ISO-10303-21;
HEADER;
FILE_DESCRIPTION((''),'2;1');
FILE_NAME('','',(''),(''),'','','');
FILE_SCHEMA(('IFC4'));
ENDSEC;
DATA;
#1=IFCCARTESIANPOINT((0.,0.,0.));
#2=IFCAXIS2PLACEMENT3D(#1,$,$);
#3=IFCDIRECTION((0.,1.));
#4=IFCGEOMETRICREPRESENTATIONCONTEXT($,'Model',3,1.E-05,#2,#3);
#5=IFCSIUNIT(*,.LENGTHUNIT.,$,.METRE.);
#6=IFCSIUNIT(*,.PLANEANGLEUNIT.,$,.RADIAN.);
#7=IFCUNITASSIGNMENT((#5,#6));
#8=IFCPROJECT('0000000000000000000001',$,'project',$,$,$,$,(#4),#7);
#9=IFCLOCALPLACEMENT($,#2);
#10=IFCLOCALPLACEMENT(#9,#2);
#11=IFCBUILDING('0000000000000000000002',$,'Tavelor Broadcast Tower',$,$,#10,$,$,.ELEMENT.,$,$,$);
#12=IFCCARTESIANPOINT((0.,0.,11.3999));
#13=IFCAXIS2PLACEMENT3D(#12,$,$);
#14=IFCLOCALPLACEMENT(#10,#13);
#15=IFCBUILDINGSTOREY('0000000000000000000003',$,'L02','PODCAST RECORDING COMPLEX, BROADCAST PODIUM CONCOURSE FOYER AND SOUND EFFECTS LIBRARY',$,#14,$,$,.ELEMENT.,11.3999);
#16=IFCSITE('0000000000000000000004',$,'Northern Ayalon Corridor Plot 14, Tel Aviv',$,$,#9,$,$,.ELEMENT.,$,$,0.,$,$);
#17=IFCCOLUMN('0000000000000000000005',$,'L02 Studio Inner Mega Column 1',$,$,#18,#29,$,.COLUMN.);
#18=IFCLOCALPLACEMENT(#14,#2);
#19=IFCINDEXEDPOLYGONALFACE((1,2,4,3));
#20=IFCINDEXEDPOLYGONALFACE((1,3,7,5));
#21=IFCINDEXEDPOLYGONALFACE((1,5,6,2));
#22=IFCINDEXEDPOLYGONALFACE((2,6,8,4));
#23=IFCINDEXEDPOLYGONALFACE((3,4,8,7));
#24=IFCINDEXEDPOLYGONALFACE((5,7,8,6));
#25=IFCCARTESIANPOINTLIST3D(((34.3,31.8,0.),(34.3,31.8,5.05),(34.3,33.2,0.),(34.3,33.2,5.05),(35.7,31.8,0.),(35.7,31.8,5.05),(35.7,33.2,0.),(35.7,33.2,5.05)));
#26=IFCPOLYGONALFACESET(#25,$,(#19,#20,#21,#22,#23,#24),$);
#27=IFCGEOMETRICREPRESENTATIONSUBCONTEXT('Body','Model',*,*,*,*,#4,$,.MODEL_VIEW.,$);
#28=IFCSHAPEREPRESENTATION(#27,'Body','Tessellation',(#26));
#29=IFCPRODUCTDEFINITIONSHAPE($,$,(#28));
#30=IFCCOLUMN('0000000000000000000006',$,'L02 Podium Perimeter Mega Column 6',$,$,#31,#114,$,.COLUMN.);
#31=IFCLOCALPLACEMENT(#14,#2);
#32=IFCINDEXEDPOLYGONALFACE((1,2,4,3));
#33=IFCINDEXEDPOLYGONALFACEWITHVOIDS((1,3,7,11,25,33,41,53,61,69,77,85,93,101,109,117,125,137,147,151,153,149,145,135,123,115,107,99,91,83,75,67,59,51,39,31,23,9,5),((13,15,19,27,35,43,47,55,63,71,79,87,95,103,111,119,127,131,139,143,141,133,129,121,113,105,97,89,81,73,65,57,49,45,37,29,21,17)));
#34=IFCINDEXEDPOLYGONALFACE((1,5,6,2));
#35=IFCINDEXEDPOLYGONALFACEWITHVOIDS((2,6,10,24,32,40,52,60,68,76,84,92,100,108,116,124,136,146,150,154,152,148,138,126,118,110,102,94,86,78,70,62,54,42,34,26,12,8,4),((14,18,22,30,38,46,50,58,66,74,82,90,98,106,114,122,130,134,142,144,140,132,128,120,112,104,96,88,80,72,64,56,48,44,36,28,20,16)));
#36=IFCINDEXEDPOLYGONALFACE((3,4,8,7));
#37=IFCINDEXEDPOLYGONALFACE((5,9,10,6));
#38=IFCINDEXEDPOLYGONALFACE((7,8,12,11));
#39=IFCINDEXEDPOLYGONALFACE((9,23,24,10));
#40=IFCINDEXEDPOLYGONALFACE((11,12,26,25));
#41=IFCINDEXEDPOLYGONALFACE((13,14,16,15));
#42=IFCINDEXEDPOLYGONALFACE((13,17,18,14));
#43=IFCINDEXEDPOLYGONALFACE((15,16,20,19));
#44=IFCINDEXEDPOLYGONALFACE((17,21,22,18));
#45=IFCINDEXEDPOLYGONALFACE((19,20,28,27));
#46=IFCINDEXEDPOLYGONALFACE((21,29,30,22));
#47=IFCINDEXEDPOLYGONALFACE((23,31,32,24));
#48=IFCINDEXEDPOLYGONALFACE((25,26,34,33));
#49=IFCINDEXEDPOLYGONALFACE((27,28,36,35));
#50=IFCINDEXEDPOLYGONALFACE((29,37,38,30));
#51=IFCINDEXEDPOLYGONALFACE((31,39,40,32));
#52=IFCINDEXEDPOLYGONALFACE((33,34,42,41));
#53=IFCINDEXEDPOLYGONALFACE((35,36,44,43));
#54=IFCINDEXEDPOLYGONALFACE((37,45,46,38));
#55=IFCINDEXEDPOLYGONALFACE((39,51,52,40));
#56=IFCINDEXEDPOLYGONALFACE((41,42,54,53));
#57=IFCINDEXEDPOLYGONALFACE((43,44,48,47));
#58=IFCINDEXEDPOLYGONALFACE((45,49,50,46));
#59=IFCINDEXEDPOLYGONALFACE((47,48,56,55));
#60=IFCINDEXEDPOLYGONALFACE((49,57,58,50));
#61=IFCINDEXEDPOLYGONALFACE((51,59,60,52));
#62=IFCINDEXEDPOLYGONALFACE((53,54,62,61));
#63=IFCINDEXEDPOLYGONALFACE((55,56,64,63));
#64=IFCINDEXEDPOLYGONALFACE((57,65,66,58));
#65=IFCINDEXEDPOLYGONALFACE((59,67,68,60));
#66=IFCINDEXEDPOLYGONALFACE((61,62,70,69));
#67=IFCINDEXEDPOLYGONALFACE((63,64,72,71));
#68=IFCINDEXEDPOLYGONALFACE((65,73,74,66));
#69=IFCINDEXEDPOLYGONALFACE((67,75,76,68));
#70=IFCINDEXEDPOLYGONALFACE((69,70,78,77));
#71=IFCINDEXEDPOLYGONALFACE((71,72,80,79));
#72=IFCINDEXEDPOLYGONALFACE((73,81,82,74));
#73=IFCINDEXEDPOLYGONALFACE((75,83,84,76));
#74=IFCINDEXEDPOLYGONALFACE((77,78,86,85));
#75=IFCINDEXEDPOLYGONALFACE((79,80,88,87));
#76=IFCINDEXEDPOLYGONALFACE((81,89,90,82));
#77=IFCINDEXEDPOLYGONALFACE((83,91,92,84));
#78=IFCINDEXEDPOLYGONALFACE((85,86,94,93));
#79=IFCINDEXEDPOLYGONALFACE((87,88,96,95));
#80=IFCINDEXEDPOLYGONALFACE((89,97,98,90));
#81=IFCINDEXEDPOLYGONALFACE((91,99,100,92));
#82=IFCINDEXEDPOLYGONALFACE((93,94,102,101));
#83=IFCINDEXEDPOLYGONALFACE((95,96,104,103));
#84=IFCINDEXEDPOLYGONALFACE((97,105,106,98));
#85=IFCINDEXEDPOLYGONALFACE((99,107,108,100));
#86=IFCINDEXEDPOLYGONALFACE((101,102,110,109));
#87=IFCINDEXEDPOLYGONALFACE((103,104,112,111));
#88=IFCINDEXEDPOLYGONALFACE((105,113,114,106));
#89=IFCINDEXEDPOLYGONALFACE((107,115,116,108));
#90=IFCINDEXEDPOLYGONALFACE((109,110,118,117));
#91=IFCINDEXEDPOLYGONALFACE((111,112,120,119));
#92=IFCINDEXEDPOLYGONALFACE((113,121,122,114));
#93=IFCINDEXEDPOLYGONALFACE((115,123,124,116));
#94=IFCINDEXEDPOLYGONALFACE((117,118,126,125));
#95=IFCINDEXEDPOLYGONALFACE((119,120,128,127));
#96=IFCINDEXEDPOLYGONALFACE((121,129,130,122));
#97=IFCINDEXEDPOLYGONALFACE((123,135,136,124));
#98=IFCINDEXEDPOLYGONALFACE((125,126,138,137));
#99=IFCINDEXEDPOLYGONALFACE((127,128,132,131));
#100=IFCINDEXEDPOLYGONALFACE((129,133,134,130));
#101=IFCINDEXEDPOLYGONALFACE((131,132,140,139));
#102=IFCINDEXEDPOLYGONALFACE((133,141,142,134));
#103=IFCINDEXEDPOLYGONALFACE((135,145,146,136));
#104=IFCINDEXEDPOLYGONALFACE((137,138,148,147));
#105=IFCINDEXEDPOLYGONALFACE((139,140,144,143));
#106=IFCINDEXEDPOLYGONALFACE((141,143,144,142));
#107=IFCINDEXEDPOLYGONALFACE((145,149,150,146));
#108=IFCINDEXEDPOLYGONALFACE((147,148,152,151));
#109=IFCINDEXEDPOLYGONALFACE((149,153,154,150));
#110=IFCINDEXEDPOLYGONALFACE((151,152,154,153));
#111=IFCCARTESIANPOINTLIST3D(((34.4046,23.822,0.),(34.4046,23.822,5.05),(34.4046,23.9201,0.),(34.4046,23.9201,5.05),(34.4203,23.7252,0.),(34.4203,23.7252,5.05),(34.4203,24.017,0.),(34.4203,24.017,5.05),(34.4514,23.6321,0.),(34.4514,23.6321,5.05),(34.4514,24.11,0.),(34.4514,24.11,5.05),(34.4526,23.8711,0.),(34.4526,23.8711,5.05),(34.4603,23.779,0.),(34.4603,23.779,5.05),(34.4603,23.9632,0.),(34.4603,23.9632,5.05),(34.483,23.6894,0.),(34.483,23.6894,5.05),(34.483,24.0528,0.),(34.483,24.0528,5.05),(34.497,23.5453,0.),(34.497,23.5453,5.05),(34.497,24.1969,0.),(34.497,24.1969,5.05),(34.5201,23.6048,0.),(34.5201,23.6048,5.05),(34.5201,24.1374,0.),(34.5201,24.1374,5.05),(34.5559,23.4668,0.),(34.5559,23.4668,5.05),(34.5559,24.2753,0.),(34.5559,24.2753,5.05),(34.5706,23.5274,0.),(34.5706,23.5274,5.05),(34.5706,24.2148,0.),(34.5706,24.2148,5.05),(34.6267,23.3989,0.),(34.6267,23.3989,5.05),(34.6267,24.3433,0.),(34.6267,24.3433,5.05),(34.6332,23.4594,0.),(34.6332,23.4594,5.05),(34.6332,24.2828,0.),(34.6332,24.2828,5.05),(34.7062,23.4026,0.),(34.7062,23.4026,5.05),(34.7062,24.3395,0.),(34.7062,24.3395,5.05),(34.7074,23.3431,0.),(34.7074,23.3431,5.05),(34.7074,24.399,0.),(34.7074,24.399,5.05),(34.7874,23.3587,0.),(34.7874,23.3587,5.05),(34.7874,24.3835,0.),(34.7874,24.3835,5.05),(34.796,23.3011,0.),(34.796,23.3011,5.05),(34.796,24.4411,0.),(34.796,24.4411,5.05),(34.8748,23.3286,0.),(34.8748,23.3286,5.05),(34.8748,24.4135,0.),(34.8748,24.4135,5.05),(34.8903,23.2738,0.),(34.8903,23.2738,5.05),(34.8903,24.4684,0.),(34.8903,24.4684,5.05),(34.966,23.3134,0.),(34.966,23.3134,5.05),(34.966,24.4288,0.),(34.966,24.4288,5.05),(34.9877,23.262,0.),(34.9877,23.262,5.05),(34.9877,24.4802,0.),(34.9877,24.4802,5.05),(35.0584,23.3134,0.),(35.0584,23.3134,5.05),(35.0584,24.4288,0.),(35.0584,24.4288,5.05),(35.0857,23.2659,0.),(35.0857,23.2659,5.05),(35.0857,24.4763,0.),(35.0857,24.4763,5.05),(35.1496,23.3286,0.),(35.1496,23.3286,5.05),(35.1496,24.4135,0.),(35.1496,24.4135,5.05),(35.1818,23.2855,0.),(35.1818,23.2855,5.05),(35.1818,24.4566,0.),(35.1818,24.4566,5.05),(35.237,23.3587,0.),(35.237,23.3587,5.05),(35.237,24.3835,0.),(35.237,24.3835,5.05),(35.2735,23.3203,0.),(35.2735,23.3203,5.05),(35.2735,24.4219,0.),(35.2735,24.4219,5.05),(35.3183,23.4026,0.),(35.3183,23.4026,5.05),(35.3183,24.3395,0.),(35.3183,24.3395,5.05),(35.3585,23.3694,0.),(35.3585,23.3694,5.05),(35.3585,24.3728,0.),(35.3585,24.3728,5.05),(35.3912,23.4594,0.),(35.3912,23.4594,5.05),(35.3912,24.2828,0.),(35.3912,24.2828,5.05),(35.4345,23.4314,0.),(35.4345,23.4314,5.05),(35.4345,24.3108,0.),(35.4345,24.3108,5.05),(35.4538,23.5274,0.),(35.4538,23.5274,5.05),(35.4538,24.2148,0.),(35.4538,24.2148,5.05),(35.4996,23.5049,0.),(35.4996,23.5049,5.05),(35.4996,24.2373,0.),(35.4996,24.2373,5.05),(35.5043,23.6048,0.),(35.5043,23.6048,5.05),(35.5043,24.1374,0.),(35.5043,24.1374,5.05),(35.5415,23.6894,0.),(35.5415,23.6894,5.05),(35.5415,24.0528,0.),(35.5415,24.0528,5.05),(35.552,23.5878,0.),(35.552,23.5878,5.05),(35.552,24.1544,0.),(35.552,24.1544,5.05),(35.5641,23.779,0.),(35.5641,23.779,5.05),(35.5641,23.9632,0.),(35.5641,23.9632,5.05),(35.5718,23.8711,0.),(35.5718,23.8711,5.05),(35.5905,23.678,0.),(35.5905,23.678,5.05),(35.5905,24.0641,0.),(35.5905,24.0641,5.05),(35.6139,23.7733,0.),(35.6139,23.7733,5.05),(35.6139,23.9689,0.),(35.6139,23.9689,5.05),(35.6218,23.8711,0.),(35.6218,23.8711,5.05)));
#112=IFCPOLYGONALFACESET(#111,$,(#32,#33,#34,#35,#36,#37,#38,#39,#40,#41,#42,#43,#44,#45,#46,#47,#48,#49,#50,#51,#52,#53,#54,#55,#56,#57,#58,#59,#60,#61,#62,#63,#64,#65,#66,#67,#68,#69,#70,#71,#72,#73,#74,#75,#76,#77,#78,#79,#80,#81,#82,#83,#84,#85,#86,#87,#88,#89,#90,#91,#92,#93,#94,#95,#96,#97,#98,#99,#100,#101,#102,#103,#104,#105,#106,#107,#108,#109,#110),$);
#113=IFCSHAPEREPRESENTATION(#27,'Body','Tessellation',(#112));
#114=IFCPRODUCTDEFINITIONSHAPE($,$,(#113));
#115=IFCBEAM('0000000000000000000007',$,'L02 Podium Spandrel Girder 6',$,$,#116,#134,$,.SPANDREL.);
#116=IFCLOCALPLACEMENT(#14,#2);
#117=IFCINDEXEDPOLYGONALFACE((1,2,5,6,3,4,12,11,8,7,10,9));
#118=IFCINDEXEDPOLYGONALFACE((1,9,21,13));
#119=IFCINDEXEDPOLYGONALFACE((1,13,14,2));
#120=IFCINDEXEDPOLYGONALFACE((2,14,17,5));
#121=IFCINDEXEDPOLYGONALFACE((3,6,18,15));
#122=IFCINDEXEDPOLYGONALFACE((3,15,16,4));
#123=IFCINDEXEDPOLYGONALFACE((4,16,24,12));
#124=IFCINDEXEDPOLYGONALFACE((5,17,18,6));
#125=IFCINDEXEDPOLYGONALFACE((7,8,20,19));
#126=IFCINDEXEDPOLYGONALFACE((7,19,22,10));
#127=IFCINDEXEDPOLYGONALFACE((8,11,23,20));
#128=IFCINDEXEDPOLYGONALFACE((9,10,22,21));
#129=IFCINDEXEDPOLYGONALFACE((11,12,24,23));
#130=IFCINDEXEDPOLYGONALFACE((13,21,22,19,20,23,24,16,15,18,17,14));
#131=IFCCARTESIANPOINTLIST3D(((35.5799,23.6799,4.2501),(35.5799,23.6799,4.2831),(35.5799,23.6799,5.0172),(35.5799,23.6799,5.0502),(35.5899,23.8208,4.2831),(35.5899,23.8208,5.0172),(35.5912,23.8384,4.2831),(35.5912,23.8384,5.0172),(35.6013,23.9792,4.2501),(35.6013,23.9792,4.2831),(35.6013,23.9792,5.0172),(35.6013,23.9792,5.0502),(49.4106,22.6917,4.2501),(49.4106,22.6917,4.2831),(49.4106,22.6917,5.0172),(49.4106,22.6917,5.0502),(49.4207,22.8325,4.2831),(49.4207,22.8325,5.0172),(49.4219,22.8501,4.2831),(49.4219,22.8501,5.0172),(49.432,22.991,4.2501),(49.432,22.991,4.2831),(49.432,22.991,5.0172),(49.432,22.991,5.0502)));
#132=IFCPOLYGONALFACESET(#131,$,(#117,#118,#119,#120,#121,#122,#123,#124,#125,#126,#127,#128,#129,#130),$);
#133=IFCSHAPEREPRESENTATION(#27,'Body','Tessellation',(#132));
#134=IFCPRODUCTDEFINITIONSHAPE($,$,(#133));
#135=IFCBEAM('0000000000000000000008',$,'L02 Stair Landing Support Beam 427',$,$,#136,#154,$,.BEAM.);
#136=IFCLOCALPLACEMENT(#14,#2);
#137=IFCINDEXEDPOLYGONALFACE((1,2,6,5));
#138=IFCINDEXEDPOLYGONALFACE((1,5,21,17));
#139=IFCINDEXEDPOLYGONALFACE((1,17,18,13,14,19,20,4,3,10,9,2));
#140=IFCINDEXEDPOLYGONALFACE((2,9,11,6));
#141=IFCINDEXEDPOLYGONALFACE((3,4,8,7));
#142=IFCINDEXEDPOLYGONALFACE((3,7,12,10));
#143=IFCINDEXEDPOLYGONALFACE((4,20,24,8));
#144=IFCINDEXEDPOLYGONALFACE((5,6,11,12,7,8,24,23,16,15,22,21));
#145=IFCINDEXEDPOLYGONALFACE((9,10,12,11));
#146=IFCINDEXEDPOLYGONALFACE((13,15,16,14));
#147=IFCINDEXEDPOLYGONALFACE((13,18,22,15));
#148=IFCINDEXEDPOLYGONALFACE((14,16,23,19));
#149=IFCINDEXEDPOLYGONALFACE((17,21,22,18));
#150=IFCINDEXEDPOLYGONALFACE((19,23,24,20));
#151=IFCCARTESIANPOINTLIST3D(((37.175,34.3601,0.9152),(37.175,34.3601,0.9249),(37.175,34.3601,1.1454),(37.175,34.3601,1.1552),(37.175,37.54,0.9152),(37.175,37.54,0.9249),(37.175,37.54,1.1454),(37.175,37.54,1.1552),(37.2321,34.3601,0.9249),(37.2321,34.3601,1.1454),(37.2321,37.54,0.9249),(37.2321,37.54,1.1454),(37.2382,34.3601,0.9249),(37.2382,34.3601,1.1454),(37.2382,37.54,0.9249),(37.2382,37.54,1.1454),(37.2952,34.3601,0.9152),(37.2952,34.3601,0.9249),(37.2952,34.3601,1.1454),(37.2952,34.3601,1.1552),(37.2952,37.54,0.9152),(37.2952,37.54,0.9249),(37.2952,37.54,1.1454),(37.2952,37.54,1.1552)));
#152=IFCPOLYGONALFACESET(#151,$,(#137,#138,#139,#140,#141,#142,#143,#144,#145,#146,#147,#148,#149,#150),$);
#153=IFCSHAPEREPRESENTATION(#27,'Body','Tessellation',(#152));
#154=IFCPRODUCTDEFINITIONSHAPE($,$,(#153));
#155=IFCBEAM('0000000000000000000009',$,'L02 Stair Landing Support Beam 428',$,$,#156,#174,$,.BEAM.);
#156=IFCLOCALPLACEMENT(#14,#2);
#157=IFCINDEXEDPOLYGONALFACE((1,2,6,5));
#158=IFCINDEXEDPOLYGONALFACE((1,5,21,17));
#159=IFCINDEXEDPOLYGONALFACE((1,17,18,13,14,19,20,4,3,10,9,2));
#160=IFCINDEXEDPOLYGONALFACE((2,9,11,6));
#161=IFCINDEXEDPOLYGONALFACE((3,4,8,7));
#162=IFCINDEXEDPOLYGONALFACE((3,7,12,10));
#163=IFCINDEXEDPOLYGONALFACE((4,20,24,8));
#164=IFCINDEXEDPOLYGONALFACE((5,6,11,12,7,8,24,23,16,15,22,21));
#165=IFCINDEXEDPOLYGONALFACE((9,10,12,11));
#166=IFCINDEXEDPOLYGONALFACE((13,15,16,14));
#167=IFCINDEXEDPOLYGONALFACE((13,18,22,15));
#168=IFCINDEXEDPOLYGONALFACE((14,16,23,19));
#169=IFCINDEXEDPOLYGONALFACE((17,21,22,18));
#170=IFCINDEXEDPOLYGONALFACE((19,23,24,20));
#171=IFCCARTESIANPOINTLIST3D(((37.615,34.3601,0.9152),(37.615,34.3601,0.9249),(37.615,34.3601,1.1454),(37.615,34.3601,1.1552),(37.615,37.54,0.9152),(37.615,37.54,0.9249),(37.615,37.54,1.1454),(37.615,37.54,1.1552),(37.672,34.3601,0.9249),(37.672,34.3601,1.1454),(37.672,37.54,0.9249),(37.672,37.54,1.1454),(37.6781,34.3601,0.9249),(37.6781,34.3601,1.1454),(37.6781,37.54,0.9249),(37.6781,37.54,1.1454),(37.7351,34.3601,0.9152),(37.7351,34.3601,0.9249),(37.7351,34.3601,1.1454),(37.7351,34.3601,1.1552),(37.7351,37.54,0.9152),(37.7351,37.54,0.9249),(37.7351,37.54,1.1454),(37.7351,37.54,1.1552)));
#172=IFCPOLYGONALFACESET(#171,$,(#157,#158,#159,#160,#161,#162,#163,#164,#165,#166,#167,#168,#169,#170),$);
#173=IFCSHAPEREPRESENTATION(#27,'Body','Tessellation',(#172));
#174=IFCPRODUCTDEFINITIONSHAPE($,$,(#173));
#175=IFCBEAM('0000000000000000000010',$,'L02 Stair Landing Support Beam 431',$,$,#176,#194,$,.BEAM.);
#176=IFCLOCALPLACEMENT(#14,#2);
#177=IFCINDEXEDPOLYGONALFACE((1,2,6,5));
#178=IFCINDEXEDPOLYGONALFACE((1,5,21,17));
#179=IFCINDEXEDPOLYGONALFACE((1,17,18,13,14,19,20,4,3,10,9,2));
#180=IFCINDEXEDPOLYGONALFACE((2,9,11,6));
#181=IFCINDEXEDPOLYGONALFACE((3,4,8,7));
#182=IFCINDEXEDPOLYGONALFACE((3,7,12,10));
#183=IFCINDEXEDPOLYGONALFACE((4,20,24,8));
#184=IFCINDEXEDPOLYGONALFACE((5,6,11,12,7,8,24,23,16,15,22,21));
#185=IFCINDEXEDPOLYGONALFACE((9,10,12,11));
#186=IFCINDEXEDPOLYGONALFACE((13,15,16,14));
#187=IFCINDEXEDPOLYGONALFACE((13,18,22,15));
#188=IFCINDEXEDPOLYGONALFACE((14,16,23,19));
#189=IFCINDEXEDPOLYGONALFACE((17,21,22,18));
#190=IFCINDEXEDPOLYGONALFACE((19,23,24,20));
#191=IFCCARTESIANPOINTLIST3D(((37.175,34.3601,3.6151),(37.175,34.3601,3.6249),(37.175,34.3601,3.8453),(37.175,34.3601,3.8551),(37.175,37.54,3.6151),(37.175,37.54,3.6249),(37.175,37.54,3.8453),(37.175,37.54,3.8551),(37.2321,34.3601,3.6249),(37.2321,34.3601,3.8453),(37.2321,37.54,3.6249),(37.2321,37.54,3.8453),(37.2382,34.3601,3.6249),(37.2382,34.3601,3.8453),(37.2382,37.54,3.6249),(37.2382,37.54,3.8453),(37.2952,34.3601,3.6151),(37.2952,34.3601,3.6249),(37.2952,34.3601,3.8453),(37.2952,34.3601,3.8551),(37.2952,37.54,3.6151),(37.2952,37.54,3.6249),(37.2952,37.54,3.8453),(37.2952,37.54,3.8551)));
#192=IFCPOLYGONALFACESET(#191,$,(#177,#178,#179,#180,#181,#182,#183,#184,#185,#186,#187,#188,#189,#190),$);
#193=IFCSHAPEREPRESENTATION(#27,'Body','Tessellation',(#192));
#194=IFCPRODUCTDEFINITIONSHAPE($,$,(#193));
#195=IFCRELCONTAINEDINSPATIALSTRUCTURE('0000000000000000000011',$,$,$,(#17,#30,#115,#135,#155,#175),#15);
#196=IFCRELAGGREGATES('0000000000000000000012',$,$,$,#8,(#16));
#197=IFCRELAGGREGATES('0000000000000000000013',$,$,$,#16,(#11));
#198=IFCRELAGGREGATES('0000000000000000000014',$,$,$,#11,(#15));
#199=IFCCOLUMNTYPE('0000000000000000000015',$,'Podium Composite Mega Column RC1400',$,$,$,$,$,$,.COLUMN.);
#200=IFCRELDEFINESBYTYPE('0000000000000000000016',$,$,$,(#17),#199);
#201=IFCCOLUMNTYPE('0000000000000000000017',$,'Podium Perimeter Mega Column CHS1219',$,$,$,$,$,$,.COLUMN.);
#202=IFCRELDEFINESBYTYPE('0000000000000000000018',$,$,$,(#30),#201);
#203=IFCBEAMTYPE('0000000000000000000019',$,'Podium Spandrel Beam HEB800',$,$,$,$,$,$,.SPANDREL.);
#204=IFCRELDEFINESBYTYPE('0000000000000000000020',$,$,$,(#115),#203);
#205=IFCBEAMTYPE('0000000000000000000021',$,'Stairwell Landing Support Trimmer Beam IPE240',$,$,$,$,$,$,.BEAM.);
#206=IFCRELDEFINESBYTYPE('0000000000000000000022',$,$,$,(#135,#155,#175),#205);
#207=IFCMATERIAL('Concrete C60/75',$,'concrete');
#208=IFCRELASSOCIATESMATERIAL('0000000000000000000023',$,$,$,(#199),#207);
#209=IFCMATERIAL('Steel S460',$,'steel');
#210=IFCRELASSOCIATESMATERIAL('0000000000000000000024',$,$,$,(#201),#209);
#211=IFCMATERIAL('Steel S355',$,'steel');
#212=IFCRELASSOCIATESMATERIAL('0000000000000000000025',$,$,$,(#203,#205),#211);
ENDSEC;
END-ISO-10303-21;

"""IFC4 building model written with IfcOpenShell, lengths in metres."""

from ifc_helpers import new_model, si_unit, direction, frame, origin, origin_2d, place, context, subcontext, project, spatial, rectangle, hollow_circle, i_section, extrude, material, material_profile, profile_set, type_object, element, save


model = new_model("IFC4")

# Units and contexts
model_context = context("Model", 3, precision=1e-05, world=origin(), true_north=direction((0.0, 1.0)))
body_context = subcontext(model_context, "Body", "Model", "MODEL_VIEW")
ifc_project = project(units=[si_unit("LENGTHUNIT", "METRE"), si_unit("PLANEANGLEUNIT", "RADIAN")], contexts=[model_context])

# Site, building, storey
site_placement = place(None, origin())
site = spatial("IfcSite", under=ifc_project, at=site_placement, Name="Northern Ayalon Corridor Plot 14, Tel Aviv", CompositionType="ELEMENT", RefElevation=0.0)
building_placement = place(site_placement, origin())
building = spatial("IfcBuilding", under=site, at=building_placement, Name="Tavelor Broadcast Tower", CompositionType="ELEMENT")
storey_placement = place(building_placement, frame((0.0, 0.0, 11.3999)))
storey = spatial("IfcBuildingStorey", under=building, at=storey_placement, Name="L02", Description="PODCAST RECORDING COMPLEX, BROADCAST PODIUM CONCOURSE FOYER AND SOUND EFFECTS LIBRARY", CompositionType="ELEMENT", Elevation=11.3999)

# Columns
ifc_material_1 = material(Name="Concrete C60/75", Category="concrete")
ifc_material_profile_1 = material_profile(ifc_material_1, rectangle(XDim=1.3999, YDim=1.3999, at=origin_2d()), Name="RC 1400x1400")
ifc_profile_set_1 = profile_set([ifc_material_profile_1], Name="Concrete C60/75")
column_type_1 = type_object("IfcColumnType", Name="Podium Composite Mega Column RC1400", PredefinedType="COLUMN", material=ifc_profile_set_1)
column_1_placement = place(storey_placement, frame((35.0, 32.5, 0.0), z_axis=(0.0, 0.0, 1.0), x_axis=(1.0, 0.0, 0.0)))
element("IfcColumn", 1, at=column_1_placement, inside=storey, type_object=column_type_1, Name="L02 Studio Inner Mega Column 1", PredefinedType="COLUMN", context=body_context, shape_type="SweptSolid", body=[
    extrude(rectangle(XDim=1.3999, YDim=1.3999, at=origin_2d()), origin(), (0.0, 0.0, 1.0), 5.05),
])
ifc_material_2 = material(Name="Steel S460", Category="steel")
ifc_material_profile_2 = material_profile(ifc_material_2, hollow_circle(Radius=0.6096, WallThickness=0.05, at=origin_2d()), Name="CHS 1219x50")
ifc_profile_set_2 = profile_set([ifc_material_profile_2], Name="Steel S460")
column_type_2 = type_object("IfcColumnType", Name="Podium Perimeter Mega Column CHS1219", PredefinedType="COLUMN", material=ifc_profile_set_2)
column_2_placement = place(storey_placement, frame((35.0122, 23.8711, 0.0), z_axis=(0.0, 0.0, 1.0), x_axis=(1.0, 0.0, 0.0)))
element("IfcColumn", 2, at=column_2_placement, inside=storey, type_object=column_type_2, Name="L02 Podium Perimeter Mega Column 6", PredefinedType="COLUMN", context=body_context, shape_type="SweptSolid", body=[
    extrude(hollow_circle(Radius=0.6096, WallThickness=0.05, at=origin_2d()), origin(), (0.0, 0.0, 1.0), 5.05),
])

# Beams
ifc_material_3 = material(Name="Steel S355", Category="steel")
ifc_material_profile_3 = material_profile(ifc_material_3, i_section(OverallWidth=0.3, OverallDepth=0.8, WebThickness=0.0176, FlangeThickness=0.033, at=origin_2d()), Name="HEB 800")
ifc_profile_set_3 = profile_set([ifc_material_profile_3], Name="Steel S355")
beam_type_1 = type_object("IfcBeamType", Name="Podium Spandrel Beam HEB800", PredefinedType="SPANDREL", material=ifc_profile_set_3)
beam_1_placement = place(storey_placement, frame((35.5906, 23.8296, 4.6501), z_axis=(0.997457, -0.071273, 0.0), x_axis=(0.071273, 0.997457, 0.0)))
element("IfcBeam", 3, at=beam_1_placement, inside=storey, type_object=beam_type_1, Name="L02 Podium Spandrel Girder 6", PredefinedType="SPANDREL", context=body_context, shape_type="SweptSolid", body=[
    extrude(i_section(OverallWidth=0.3, OverallDepth=0.8, WebThickness=0.0176, FlangeThickness=0.033, at=origin_2d()), origin(), (0.0, 0.0, 1.0), 13.866),
])
ifc_material_profile_4 = material_profile(ifc_material_3, i_section(OverallWidth=0.1201, OverallDepth=0.24, WebThickness=0.0061, FlangeThickness=0.0098, at=origin_2d()), Name="IPE 240")
ifc_profile_set_4 = profile_set([ifc_material_profile_4], Name="Steel S355")
beam_type_2 = type_object("IfcBeamType", Name="Stairwell Landing Support Trimmer Beam IPE240", PredefinedType="BEAM", material=ifc_profile_set_4)
for number, where, z_axis, x_axis, name in (
    (4, (37.2351, 34.3601, 1.0352), (0.0, 1.0, 0.0), (-1.0, 0.0, 0.0), "L02 Stair Landing Support Beam 427"),
    (5, (37.675, 34.3601, 1.0352), (0.0, 1.0, 0.0), (-1.0, 0.0, 0.0), "L02 Stair Landing Support Beam 428"),
    (6, (37.2351, 34.3601, 3.7351), (0.0, 1.0, 0.0), (-1.0, 0.0, 0.0), "L02 Stair Landing Support Beam 431"),
):
    element("IfcBeam", number, at=place(storey_placement, frame(where, z_axis=z_axis, x_axis=x_axis)), inside=storey, type_object=beam_type_2, Name=name, PredefinedType="BEAM", context=body_context, shape_type="SweptSolid", body=[
        extrude(i_section(OverallWidth=0.1201, OverallDepth=0.24, WebThickness=0.0061, FlangeThickness=0.0098, at=origin_2d()), origin(), (0.0, 0.0, 1.0), 3.1799),
    ])

save(model, "model.ifc")
